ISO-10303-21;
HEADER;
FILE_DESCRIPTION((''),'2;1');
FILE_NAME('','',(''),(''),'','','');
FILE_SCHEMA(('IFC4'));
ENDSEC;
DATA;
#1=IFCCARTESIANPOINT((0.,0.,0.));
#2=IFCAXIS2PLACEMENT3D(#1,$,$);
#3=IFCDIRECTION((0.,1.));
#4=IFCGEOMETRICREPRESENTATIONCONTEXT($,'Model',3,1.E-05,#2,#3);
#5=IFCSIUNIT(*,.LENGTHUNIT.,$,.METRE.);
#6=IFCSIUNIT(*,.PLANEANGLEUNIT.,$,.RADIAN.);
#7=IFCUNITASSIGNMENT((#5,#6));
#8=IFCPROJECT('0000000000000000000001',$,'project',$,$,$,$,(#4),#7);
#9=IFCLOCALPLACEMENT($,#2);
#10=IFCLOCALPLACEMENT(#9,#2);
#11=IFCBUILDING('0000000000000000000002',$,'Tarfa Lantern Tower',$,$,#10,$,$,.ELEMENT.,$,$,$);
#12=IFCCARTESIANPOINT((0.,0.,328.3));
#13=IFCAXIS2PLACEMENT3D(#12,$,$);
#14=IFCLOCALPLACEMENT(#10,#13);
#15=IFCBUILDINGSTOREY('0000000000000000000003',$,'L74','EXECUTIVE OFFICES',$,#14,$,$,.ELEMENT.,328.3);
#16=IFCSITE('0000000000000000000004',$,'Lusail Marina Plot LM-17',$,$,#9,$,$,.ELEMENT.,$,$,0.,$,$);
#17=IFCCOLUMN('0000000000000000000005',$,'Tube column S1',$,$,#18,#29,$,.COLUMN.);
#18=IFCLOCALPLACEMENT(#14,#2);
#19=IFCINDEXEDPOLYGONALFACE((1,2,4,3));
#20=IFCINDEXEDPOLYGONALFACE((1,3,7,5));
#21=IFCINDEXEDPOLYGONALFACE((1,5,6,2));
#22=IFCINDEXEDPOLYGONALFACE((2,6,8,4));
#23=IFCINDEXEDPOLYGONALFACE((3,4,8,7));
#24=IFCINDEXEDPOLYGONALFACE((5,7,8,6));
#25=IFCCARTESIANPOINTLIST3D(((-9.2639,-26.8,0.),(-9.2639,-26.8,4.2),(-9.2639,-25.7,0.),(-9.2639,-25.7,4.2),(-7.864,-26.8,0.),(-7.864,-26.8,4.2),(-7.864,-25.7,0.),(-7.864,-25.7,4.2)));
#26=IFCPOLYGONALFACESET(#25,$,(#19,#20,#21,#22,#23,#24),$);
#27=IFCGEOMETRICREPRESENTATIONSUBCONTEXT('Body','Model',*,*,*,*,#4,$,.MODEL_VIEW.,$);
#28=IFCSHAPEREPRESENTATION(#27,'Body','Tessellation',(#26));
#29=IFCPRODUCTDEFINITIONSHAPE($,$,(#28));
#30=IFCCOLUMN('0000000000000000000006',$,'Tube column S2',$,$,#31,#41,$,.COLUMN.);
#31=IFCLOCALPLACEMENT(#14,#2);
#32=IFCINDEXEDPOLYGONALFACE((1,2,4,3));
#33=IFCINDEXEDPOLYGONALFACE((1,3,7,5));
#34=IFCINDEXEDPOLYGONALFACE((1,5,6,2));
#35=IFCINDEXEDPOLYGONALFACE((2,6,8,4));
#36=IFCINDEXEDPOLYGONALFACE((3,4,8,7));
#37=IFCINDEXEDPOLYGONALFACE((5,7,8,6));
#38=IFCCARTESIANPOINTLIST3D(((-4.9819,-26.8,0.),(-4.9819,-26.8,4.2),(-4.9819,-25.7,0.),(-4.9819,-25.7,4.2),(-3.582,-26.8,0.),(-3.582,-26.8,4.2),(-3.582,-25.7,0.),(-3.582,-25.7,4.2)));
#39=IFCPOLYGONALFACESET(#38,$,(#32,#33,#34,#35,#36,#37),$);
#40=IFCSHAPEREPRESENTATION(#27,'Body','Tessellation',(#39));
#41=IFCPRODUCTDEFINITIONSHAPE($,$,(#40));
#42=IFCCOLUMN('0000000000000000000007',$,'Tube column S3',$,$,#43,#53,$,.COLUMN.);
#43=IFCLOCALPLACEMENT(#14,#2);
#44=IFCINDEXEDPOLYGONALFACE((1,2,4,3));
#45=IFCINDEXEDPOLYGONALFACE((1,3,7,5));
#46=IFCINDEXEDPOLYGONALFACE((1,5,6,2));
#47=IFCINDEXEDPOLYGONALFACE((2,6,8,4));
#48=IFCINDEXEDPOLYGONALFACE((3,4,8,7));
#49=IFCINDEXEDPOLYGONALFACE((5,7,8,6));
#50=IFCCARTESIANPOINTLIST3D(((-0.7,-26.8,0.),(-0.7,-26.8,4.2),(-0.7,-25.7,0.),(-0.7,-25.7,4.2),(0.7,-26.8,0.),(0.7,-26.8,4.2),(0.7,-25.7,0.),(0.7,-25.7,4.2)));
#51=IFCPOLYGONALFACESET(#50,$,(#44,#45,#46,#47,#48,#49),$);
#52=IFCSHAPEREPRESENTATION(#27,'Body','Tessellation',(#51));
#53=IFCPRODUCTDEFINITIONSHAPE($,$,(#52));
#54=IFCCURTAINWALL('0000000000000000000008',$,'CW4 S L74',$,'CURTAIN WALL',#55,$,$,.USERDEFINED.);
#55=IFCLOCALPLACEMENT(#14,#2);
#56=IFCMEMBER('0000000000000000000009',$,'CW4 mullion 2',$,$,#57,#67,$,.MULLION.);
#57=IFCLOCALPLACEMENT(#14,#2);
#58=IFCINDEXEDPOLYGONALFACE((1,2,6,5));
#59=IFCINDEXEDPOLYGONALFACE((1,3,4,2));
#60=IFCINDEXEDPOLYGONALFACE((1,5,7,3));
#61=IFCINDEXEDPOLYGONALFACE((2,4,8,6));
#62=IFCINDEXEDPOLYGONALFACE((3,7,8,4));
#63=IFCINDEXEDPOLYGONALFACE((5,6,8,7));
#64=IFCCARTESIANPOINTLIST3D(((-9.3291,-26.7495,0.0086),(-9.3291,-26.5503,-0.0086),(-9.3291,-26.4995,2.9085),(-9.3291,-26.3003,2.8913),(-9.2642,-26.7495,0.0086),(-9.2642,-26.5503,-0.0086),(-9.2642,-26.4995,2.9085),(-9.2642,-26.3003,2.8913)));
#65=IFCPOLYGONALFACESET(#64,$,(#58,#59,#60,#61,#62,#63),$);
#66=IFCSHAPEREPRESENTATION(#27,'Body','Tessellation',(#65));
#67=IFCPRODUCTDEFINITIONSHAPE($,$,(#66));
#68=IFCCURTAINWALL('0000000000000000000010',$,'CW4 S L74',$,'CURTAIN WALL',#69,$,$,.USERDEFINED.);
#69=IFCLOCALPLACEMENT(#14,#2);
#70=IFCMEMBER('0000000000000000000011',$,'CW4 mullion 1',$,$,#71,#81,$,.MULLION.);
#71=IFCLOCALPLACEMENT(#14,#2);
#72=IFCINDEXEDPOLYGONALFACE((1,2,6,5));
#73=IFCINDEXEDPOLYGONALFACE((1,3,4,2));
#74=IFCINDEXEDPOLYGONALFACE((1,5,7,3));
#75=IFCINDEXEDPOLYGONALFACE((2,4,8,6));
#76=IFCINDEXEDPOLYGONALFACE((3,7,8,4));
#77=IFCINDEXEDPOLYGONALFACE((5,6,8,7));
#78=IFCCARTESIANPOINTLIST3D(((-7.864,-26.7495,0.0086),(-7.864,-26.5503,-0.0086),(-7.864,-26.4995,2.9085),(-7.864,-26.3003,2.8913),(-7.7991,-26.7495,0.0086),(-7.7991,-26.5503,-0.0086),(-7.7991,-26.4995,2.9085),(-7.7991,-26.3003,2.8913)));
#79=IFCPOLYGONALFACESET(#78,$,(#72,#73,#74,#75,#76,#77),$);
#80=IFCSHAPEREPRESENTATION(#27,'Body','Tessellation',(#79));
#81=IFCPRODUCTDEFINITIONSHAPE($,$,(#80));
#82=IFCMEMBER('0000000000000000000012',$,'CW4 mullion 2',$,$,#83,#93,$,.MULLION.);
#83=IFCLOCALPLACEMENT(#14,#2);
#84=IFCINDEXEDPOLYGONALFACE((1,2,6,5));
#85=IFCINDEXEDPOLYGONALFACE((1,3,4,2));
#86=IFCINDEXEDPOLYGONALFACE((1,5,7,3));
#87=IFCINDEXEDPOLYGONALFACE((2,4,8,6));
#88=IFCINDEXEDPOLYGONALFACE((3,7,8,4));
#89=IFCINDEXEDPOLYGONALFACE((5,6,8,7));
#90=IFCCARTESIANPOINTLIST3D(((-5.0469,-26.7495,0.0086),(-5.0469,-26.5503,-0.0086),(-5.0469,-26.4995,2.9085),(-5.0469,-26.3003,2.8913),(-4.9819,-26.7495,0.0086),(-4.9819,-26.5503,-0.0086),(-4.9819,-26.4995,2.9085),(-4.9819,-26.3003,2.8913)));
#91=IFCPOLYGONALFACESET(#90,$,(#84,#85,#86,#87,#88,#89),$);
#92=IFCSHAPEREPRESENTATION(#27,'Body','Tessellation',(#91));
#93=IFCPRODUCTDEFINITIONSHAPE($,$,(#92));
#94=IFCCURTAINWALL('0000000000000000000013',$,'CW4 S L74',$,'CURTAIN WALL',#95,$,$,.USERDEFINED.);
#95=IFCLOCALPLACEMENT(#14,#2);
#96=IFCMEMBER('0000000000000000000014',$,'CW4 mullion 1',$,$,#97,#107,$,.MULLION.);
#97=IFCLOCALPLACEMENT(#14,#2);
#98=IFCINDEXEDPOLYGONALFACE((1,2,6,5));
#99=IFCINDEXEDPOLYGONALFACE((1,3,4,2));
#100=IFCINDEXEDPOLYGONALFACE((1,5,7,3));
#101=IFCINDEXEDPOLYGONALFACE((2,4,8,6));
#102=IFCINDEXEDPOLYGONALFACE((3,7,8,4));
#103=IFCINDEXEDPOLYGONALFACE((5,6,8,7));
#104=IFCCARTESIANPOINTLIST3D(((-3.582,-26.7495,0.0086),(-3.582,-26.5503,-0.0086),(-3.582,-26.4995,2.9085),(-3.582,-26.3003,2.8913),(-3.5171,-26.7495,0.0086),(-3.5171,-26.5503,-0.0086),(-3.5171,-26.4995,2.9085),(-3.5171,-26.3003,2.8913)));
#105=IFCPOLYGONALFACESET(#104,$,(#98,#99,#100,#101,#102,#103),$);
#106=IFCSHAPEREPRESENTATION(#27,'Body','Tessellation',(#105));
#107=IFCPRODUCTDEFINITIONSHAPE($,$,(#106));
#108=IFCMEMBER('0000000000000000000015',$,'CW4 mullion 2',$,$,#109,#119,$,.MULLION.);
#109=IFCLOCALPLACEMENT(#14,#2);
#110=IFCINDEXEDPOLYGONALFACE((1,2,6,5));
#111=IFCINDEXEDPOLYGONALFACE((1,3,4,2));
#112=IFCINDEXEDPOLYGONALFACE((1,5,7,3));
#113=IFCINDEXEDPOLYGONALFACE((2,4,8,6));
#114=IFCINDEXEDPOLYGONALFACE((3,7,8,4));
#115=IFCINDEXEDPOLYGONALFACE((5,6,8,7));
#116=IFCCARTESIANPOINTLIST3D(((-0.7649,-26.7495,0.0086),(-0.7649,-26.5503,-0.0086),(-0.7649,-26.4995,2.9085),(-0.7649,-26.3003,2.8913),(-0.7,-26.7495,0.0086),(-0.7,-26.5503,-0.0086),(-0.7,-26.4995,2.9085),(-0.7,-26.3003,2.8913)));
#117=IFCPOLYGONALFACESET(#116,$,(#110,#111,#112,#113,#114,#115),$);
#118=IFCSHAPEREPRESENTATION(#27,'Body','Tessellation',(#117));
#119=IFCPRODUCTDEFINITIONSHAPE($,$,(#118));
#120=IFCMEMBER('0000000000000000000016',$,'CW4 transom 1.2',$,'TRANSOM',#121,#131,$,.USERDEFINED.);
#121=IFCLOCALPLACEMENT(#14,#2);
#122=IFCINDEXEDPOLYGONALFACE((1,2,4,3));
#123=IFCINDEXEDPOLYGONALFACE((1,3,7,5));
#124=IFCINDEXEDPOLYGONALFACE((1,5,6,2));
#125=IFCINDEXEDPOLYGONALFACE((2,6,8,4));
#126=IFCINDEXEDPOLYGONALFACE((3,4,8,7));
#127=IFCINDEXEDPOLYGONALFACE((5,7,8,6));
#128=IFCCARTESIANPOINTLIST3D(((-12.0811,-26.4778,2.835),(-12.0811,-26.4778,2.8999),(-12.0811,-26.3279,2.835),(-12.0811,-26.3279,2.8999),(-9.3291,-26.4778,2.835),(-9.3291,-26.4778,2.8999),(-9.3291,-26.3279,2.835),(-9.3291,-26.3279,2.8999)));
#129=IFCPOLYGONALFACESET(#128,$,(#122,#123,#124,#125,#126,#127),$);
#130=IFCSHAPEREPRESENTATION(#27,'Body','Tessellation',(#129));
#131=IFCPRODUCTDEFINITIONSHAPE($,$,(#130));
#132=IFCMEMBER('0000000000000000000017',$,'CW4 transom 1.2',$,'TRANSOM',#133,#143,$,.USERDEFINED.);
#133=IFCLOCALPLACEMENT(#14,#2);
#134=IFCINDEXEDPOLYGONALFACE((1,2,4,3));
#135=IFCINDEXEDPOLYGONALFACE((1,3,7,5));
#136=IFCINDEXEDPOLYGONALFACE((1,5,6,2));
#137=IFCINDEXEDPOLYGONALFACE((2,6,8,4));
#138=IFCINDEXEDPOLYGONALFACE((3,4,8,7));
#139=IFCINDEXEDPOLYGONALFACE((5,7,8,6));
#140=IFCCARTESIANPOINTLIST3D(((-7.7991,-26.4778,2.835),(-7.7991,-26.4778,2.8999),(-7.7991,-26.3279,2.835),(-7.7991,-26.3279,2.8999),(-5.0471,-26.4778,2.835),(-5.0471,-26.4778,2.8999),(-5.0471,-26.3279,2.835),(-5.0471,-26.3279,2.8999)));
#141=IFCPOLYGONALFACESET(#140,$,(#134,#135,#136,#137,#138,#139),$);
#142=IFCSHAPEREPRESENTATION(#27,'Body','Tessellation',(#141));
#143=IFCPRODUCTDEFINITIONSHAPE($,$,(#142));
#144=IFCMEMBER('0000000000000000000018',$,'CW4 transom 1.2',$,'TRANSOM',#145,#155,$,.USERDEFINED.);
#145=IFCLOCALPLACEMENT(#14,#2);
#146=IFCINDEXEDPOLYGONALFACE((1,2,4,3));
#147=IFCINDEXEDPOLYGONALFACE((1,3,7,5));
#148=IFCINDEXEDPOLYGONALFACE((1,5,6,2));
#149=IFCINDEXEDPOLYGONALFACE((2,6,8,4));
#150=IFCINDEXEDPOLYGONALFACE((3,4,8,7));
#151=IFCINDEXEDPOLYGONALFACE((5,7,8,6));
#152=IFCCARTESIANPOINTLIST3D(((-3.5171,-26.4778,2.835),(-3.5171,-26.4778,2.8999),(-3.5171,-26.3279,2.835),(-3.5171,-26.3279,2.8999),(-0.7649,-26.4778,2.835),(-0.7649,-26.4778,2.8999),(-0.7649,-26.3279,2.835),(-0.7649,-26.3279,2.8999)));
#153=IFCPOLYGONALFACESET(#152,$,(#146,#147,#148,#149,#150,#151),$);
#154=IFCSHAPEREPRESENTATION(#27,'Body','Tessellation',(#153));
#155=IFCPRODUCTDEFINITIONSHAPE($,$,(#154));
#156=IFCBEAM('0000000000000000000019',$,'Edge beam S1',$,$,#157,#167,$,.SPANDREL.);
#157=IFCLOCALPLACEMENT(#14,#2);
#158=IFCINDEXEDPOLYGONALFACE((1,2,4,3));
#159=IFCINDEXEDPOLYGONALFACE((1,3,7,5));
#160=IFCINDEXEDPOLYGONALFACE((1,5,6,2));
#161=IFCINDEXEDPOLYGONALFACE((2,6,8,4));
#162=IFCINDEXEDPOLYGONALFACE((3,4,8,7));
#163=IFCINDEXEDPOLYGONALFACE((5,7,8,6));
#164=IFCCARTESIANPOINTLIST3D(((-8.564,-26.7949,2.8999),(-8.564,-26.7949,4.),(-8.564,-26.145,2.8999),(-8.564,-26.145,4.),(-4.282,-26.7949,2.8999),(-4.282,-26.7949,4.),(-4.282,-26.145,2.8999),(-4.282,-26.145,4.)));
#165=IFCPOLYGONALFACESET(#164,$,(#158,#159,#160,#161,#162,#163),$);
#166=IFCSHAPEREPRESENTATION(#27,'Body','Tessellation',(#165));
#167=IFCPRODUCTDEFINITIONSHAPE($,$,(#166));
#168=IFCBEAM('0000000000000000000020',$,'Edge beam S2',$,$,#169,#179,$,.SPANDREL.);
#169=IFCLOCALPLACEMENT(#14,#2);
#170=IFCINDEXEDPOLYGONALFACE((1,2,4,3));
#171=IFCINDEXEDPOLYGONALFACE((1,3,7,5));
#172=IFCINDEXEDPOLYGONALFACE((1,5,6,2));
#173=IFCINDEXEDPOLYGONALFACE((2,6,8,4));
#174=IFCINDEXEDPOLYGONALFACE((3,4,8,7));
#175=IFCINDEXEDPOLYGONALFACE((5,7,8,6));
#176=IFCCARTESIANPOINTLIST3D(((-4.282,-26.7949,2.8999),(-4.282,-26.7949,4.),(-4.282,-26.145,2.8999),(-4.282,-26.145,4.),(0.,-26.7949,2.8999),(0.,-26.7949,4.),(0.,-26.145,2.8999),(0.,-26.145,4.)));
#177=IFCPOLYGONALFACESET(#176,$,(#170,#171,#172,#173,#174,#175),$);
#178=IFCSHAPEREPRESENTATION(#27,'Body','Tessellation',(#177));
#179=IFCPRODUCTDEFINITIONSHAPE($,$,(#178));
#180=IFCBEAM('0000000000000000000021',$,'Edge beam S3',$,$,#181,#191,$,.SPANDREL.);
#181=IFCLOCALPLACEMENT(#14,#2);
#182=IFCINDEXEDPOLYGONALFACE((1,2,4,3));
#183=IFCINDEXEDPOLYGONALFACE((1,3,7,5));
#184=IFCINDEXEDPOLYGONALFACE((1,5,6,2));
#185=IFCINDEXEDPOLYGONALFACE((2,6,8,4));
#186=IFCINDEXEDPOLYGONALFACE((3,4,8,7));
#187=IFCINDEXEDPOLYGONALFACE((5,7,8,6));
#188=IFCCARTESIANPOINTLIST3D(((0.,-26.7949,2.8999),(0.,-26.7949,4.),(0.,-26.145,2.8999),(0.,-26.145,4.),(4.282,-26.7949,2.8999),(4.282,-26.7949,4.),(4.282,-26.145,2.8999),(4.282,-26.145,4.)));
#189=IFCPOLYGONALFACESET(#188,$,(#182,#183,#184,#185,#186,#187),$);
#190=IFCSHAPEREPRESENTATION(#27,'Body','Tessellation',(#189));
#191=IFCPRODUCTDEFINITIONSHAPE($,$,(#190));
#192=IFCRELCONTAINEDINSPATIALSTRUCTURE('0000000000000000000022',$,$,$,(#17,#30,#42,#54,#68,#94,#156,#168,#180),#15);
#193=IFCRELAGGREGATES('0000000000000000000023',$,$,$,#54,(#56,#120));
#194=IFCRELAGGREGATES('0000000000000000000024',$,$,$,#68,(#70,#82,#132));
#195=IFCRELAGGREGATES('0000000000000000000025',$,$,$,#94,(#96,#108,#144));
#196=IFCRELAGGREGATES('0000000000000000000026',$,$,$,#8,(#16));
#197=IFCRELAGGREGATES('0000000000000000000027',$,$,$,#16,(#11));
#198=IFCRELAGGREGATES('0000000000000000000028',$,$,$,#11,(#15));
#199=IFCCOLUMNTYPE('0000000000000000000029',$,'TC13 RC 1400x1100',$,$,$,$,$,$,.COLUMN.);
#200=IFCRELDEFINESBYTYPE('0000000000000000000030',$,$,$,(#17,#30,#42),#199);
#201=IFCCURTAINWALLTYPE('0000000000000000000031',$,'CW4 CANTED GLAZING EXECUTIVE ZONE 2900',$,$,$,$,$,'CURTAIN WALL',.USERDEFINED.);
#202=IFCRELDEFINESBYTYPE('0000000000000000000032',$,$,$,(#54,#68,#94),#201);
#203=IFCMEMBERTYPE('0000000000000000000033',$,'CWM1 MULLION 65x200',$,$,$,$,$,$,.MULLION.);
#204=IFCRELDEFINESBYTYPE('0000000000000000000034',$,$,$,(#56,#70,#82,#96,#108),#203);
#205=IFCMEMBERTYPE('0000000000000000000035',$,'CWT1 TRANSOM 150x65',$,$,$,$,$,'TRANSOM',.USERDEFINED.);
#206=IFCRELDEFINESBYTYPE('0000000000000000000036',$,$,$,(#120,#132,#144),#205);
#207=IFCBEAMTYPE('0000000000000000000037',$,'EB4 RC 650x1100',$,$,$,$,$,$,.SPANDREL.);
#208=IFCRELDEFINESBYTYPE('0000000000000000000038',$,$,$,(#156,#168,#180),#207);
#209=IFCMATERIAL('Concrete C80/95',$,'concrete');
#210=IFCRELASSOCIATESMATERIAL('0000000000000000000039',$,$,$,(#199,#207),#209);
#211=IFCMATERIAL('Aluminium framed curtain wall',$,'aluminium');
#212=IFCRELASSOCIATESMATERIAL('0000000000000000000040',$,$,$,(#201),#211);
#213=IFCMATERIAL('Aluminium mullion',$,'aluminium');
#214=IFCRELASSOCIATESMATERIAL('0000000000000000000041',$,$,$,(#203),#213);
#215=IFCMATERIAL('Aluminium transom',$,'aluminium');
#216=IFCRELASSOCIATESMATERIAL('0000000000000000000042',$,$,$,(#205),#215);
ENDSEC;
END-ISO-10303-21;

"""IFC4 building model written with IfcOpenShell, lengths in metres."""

from ifc_helpers import new_model, si_unit, direction, frame, origin, origin_2d, place, context, subcontext, project, spatial, rectangle, extrude, material, material_profile, profile_set, type_object, element, aggregate, save


model = new_model("IFC4")

# Units and contexts
model_context = context("Model", 3, precision=1e-05, world=origin(), true_north=direction((0.0, 1.0)))
body_context = subcontext(model_context, "Body", "Model", "MODEL_VIEW")
ifc_project = project(units=[si_unit("LENGTHUNIT", "METRE"), si_unit("PLANEANGLEUNIT", "RADIAN")], contexts=[model_context])

# Site, building, storey
site_placement = place(None, origin())
site = spatial("IfcSite", under=ifc_project, at=site_placement, Name="Lusail Marina Plot LM-17", CompositionType="ELEMENT", RefElevation=0.0)
building_placement = place(site_placement, origin())
building = spatial("IfcBuilding", under=site, at=building_placement, Name="Tarfa Lantern Tower", CompositionType="ELEMENT")
storey_placement = place(building_placement, frame((0.0, 0.0, 328.3)))
storey = spatial("IfcBuildingStorey", under=building, at=storey_placement, Name="L74", Description="EXECUTIVE OFFICES", CompositionType="ELEMENT", Elevation=328.3)

# Columns
ifc_material_1 = material(Name="Concrete C80/95", Category="concrete")
ifc_material_profile_1 = material_profile(ifc_material_1, rectangle(XDim=1.3999, YDim=1.1001, at=origin_2d()), Name="RC 1400x1100")
ifc_profile_set_1 = profile_set([ifc_material_profile_1], Name="Concrete C80/95")
column_type = type_object("IfcColumnType", Name="TC13 RC 1400x1100", PredefinedType="COLUMN", material=ifc_profile_set_1)
for number, where, z_axis, x_axis, name in (
    (1, (-8.564, -26.25, 0.0), (0.0, 0.0, 1.0), (1.0, 0.0, 0.0), "Tube column S1"),
    (2, (-4.282, -26.25, 0.0), (0.0, 0.0, 1.0), (1.0, 0.0, 0.0), "Tube column S2"),
    (3, (0.0, -26.25, 0.0), (0.0, 0.0, 1.0), (1.0, 0.0, 0.0), "Tube column S3"),
):
    element("IfcColumn", number, at=place(storey_placement, frame(where, z_axis=z_axis, x_axis=x_axis)), inside=storey, type_object=column_type, Name=name, PredefinedType="COLUMN", context=body_context, shape_type="SweptSolid", body=[
        extrude(rectangle(XDim=1.3999, YDim=1.1001, at=origin_2d()), origin(), (0.0, 0.0, 1.0), 4.2),
    ])

# Curtain wall, member
ifc_material_2 = material(Name="Aluminium framed curtain wall", Category="aluminium")
curtain_wall_type = type_object("IfcCurtainWallType", Name="CW4 CANTED GLAZING EXECUTIVE ZONE 2900", ElementType="CURTAIN WALL", PredefinedType="USERDEFINED", material=ifc_material_2)
curtain_wall_1_placement = place(storey_placement, origin())
curtain_wall_1 = element("IfcCurtainWall", 4, at=curtain_wall_1_placement, inside=storey, type_object=curtain_wall_type, Name="CW4 S L74", ObjectType="CURTAIN WALL", PredefinedType="USERDEFINED")
ifc_material_3 = material(Name="Aluminium mullion", Category="aluminium")
ifc_material_profile_2 = material_profile(ifc_material_3, rectangle(XDim=0.0649, YDim=0.2, at=origin_2d()), Name="AL MULLION 65x200")
ifc_profile_set_2 = profile_set([ifc_material_profile_2], Name="Aluminium mullion")
member_type_1 = type_object("IfcMemberType", Name="CWM1 MULLION 65x200", PredefinedType="MULLION", material=ifc_profile_set_2)
member_1_placement = place(storey_placement, frame((-9.2966, -26.6499, 0.0), z_axis=(0.0, 0.085891, 0.996305), x_axis=(-1.0, 0.0, 0.0)))
member_1 = element("IfcMember", 5, at=member_1_placement, type_object=member_type_1, Name="CW4 mullion 2", PredefinedType="MULLION", context=body_context, shape_type="SweptSolid", body=[
    extrude(rectangle(XDim=0.0649, YDim=0.2, at=origin_2d()), origin(), (0.0, 0.0, 1.0), 2.9106),
])

# Curtain walls, members
curtain_wall_2_placement = place(storey_placement, origin())
curtain_wall_2 = element("IfcCurtainWall", 6, at=curtain_wall_2_placement, inside=storey, type_object=curtain_wall_type, Name="CW4 S L74", ObjectType="CURTAIN WALL", PredefinedType="USERDEFINED")
member_2_placement = place(storey_placement, frame((-7.8315, -26.6499, 0.0), z_axis=(0.0, 0.085891, 0.996305), x_axis=(-1.0, 0.0, 0.0)))
member_2 = element("IfcMember", 7, at=member_2_placement, type_object=member_type_1, Name="CW4 mullion 1", PredefinedType="MULLION", context=body_context, shape_type="SweptSolid", body=[
    extrude(rectangle(XDim=0.0649, YDim=0.2, at=origin_2d()), origin(), (0.0, 0.0, 1.0), 2.9106),
])
member_3_placement = place(storey_placement, frame((-5.0144, -26.6499, 0.0), z_axis=(0.0, 0.085891, 0.996305), x_axis=(-1.0, 0.0, 0.0)))
member_3 = element("IfcMember", 8, at=member_3_placement, type_object=member_type_1, Name="CW4 mullion 2", PredefinedType="MULLION", context=body_context, shape_type="SweptSolid", body=[
    extrude(rectangle(XDim=0.0649, YDim=0.2, at=origin_2d()), origin(), (0.0, 0.0, 1.0), 2.9106),
])
curtain_wall_3_placement = place(storey_placement, origin())
curtain_wall_3 = element("IfcCurtainWall", 9, at=curtain_wall_3_placement, inside=storey, type_object=curtain_wall_type, Name="CW4 S L74", ObjectType="CURTAIN WALL", PredefinedType="USERDEFINED")
member_4_placement = place(storey_placement, frame((-3.5496, -26.6499, 0.0), z_axis=(0.0, 0.085891, 0.996305), x_axis=(-1.0, 0.0, 0.0)))
member_4 = element("IfcMember", 10, at=member_4_placement, type_object=member_type_1, Name="CW4 mullion 1", PredefinedType="MULLION", context=body_context, shape_type="SweptSolid", body=[
    extrude(rectangle(XDim=0.0649, YDim=0.2, at=origin_2d()), origin(), (0.0, 0.0, 1.0), 2.9106),
])
member_5_placement = place(storey_placement, frame((-0.7324, -26.6499, 0.0), z_axis=(0.0, 0.085891, 0.996305), x_axis=(-1.0, 0.0, 0.0)))
member_5 = element("IfcMember", 11, at=member_5_placement, type_object=member_type_1, Name="CW4 mullion 2", PredefinedType="MULLION", context=body_context, shape_type="SweptSolid", body=[
    extrude(rectangle(XDim=0.0649, YDim=0.2, at=origin_2d()), origin(), (0.0, 0.0, 1.0), 2.9106),
])

# Members
ifc_material_4 = material(Name="Aluminium transom", Category="aluminium")
ifc_material_profile_3 = material_profile(ifc_material_4, rectangle(XDim=0.1499, YDim=0.0649, at=origin_2d()), Name="AL TRANSOM 150x65")
ifc_profile_set_3 = profile_set([ifc_material_profile_3], Name="Aluminium transom")
member_type_2 = type_object("IfcMemberType", Name="CWT1 TRANSOM 150x65", ElementType="TRANSOM", PredefinedType="USERDEFINED", material=ifc_profile_set_3)
member_6_placement = place(storey_placement, frame((-12.0811, -26.4028, 2.8674), z_axis=(1.0, 0.0, 0.0), x_axis=(0.0, 1.0, 0.0)))
member_6 = element("IfcMember", 12, at=member_6_placement, type_object=member_type_2, Name="CW4 transom 1.2", ObjectType="TRANSOM", PredefinedType="USERDEFINED", context=body_context, shape_type="SweptSolid", body=[
    extrude(rectangle(XDim=0.1499, YDim=0.0649, at=origin_2d()), origin(), (0.0, 0.0, 1.0), 2.752),
])
aggregate(curtain_wall_1, [member_1, member_6])
member_7_placement = place(storey_placement, frame((-7.7991, -26.4028, 2.8674), z_axis=(1.0, 0.0, 0.0), x_axis=(0.0, 1.0, 0.0)))
member_7 = element("IfcMember", 13, at=member_7_placement, type_object=member_type_2, Name="CW4 transom 1.2", ObjectType="TRANSOM", PredefinedType="USERDEFINED", context=body_context, shape_type="SweptSolid", body=[
    extrude(rectangle(XDim=0.1499, YDim=0.0649, at=origin_2d()), origin(), (0.0, 0.0, 1.0), 2.752),
])
member_8_placement = place(storey_placement, frame((-3.5171, -26.4028, 2.8674), z_axis=(1.0, 0.0, 0.0), x_axis=(0.0, 1.0, 0.0)))
member_8 = element("IfcMember", 14, at=member_8_placement, type_object=member_type_2, Name="CW4 transom 1.2", ObjectType="TRANSOM", PredefinedType="USERDEFINED", context=body_context, shape_type="SweptSolid", body=[
    extrude(rectangle(XDim=0.1499, YDim=0.0649, at=origin_2d()), origin(), (0.0, 0.0, 1.0), 2.7522),
])

# Beams
ifc_material_profile_4 = material_profile(ifc_material_1, rectangle(XDim=0.6499, YDim=1.1001, at=origin_2d()), Name="RC 650x1100")
ifc_profile_set_4 = profile_set([ifc_material_profile_4], Name="Concrete C80/95")
beam_type_1 = type_object("IfcBeamType", Name="EB4 RC 650x1100", PredefinedType="SPANDREL", material=ifc_profile_set_4)
for number, where, z_axis, x_axis, name in (
    (15, (-8.564, -26.47, 3.45), (1.0, 0.0, 0.0), (0.0, 1.0, 0.0), "Edge beam S1"),
    (16, (-4.282, -26.47, 3.45), (1.0, 0.0, 0.0), (0.0, 1.0, 0.0), "Edge beam S2"),
    (17, (0.0, -26.47, 3.45), (1.0, 0.0, 0.0), (0.0, 1.0, 0.0), "Edge beam S3"),
):
    element("IfcBeam", number, at=place(storey_placement, frame(where, z_axis=z_axis, x_axis=x_axis)), inside=storey, type_object=beam_type_1, Name=name, PredefinedType="SPANDREL", context=body_context, shape_type="SweptSolid", body=[
        extrude(rectangle(XDim=0.6499, YDim=1.1001, at=origin_2d()), origin(), (0.0, 0.0, 1.0), 4.282),
    ])

aggregate(curtain_wall_2, [member_2, member_3, member_7])
aggregate(curtain_wall_3, [member_4, member_5, member_8])

save(model, "model.ifc")
